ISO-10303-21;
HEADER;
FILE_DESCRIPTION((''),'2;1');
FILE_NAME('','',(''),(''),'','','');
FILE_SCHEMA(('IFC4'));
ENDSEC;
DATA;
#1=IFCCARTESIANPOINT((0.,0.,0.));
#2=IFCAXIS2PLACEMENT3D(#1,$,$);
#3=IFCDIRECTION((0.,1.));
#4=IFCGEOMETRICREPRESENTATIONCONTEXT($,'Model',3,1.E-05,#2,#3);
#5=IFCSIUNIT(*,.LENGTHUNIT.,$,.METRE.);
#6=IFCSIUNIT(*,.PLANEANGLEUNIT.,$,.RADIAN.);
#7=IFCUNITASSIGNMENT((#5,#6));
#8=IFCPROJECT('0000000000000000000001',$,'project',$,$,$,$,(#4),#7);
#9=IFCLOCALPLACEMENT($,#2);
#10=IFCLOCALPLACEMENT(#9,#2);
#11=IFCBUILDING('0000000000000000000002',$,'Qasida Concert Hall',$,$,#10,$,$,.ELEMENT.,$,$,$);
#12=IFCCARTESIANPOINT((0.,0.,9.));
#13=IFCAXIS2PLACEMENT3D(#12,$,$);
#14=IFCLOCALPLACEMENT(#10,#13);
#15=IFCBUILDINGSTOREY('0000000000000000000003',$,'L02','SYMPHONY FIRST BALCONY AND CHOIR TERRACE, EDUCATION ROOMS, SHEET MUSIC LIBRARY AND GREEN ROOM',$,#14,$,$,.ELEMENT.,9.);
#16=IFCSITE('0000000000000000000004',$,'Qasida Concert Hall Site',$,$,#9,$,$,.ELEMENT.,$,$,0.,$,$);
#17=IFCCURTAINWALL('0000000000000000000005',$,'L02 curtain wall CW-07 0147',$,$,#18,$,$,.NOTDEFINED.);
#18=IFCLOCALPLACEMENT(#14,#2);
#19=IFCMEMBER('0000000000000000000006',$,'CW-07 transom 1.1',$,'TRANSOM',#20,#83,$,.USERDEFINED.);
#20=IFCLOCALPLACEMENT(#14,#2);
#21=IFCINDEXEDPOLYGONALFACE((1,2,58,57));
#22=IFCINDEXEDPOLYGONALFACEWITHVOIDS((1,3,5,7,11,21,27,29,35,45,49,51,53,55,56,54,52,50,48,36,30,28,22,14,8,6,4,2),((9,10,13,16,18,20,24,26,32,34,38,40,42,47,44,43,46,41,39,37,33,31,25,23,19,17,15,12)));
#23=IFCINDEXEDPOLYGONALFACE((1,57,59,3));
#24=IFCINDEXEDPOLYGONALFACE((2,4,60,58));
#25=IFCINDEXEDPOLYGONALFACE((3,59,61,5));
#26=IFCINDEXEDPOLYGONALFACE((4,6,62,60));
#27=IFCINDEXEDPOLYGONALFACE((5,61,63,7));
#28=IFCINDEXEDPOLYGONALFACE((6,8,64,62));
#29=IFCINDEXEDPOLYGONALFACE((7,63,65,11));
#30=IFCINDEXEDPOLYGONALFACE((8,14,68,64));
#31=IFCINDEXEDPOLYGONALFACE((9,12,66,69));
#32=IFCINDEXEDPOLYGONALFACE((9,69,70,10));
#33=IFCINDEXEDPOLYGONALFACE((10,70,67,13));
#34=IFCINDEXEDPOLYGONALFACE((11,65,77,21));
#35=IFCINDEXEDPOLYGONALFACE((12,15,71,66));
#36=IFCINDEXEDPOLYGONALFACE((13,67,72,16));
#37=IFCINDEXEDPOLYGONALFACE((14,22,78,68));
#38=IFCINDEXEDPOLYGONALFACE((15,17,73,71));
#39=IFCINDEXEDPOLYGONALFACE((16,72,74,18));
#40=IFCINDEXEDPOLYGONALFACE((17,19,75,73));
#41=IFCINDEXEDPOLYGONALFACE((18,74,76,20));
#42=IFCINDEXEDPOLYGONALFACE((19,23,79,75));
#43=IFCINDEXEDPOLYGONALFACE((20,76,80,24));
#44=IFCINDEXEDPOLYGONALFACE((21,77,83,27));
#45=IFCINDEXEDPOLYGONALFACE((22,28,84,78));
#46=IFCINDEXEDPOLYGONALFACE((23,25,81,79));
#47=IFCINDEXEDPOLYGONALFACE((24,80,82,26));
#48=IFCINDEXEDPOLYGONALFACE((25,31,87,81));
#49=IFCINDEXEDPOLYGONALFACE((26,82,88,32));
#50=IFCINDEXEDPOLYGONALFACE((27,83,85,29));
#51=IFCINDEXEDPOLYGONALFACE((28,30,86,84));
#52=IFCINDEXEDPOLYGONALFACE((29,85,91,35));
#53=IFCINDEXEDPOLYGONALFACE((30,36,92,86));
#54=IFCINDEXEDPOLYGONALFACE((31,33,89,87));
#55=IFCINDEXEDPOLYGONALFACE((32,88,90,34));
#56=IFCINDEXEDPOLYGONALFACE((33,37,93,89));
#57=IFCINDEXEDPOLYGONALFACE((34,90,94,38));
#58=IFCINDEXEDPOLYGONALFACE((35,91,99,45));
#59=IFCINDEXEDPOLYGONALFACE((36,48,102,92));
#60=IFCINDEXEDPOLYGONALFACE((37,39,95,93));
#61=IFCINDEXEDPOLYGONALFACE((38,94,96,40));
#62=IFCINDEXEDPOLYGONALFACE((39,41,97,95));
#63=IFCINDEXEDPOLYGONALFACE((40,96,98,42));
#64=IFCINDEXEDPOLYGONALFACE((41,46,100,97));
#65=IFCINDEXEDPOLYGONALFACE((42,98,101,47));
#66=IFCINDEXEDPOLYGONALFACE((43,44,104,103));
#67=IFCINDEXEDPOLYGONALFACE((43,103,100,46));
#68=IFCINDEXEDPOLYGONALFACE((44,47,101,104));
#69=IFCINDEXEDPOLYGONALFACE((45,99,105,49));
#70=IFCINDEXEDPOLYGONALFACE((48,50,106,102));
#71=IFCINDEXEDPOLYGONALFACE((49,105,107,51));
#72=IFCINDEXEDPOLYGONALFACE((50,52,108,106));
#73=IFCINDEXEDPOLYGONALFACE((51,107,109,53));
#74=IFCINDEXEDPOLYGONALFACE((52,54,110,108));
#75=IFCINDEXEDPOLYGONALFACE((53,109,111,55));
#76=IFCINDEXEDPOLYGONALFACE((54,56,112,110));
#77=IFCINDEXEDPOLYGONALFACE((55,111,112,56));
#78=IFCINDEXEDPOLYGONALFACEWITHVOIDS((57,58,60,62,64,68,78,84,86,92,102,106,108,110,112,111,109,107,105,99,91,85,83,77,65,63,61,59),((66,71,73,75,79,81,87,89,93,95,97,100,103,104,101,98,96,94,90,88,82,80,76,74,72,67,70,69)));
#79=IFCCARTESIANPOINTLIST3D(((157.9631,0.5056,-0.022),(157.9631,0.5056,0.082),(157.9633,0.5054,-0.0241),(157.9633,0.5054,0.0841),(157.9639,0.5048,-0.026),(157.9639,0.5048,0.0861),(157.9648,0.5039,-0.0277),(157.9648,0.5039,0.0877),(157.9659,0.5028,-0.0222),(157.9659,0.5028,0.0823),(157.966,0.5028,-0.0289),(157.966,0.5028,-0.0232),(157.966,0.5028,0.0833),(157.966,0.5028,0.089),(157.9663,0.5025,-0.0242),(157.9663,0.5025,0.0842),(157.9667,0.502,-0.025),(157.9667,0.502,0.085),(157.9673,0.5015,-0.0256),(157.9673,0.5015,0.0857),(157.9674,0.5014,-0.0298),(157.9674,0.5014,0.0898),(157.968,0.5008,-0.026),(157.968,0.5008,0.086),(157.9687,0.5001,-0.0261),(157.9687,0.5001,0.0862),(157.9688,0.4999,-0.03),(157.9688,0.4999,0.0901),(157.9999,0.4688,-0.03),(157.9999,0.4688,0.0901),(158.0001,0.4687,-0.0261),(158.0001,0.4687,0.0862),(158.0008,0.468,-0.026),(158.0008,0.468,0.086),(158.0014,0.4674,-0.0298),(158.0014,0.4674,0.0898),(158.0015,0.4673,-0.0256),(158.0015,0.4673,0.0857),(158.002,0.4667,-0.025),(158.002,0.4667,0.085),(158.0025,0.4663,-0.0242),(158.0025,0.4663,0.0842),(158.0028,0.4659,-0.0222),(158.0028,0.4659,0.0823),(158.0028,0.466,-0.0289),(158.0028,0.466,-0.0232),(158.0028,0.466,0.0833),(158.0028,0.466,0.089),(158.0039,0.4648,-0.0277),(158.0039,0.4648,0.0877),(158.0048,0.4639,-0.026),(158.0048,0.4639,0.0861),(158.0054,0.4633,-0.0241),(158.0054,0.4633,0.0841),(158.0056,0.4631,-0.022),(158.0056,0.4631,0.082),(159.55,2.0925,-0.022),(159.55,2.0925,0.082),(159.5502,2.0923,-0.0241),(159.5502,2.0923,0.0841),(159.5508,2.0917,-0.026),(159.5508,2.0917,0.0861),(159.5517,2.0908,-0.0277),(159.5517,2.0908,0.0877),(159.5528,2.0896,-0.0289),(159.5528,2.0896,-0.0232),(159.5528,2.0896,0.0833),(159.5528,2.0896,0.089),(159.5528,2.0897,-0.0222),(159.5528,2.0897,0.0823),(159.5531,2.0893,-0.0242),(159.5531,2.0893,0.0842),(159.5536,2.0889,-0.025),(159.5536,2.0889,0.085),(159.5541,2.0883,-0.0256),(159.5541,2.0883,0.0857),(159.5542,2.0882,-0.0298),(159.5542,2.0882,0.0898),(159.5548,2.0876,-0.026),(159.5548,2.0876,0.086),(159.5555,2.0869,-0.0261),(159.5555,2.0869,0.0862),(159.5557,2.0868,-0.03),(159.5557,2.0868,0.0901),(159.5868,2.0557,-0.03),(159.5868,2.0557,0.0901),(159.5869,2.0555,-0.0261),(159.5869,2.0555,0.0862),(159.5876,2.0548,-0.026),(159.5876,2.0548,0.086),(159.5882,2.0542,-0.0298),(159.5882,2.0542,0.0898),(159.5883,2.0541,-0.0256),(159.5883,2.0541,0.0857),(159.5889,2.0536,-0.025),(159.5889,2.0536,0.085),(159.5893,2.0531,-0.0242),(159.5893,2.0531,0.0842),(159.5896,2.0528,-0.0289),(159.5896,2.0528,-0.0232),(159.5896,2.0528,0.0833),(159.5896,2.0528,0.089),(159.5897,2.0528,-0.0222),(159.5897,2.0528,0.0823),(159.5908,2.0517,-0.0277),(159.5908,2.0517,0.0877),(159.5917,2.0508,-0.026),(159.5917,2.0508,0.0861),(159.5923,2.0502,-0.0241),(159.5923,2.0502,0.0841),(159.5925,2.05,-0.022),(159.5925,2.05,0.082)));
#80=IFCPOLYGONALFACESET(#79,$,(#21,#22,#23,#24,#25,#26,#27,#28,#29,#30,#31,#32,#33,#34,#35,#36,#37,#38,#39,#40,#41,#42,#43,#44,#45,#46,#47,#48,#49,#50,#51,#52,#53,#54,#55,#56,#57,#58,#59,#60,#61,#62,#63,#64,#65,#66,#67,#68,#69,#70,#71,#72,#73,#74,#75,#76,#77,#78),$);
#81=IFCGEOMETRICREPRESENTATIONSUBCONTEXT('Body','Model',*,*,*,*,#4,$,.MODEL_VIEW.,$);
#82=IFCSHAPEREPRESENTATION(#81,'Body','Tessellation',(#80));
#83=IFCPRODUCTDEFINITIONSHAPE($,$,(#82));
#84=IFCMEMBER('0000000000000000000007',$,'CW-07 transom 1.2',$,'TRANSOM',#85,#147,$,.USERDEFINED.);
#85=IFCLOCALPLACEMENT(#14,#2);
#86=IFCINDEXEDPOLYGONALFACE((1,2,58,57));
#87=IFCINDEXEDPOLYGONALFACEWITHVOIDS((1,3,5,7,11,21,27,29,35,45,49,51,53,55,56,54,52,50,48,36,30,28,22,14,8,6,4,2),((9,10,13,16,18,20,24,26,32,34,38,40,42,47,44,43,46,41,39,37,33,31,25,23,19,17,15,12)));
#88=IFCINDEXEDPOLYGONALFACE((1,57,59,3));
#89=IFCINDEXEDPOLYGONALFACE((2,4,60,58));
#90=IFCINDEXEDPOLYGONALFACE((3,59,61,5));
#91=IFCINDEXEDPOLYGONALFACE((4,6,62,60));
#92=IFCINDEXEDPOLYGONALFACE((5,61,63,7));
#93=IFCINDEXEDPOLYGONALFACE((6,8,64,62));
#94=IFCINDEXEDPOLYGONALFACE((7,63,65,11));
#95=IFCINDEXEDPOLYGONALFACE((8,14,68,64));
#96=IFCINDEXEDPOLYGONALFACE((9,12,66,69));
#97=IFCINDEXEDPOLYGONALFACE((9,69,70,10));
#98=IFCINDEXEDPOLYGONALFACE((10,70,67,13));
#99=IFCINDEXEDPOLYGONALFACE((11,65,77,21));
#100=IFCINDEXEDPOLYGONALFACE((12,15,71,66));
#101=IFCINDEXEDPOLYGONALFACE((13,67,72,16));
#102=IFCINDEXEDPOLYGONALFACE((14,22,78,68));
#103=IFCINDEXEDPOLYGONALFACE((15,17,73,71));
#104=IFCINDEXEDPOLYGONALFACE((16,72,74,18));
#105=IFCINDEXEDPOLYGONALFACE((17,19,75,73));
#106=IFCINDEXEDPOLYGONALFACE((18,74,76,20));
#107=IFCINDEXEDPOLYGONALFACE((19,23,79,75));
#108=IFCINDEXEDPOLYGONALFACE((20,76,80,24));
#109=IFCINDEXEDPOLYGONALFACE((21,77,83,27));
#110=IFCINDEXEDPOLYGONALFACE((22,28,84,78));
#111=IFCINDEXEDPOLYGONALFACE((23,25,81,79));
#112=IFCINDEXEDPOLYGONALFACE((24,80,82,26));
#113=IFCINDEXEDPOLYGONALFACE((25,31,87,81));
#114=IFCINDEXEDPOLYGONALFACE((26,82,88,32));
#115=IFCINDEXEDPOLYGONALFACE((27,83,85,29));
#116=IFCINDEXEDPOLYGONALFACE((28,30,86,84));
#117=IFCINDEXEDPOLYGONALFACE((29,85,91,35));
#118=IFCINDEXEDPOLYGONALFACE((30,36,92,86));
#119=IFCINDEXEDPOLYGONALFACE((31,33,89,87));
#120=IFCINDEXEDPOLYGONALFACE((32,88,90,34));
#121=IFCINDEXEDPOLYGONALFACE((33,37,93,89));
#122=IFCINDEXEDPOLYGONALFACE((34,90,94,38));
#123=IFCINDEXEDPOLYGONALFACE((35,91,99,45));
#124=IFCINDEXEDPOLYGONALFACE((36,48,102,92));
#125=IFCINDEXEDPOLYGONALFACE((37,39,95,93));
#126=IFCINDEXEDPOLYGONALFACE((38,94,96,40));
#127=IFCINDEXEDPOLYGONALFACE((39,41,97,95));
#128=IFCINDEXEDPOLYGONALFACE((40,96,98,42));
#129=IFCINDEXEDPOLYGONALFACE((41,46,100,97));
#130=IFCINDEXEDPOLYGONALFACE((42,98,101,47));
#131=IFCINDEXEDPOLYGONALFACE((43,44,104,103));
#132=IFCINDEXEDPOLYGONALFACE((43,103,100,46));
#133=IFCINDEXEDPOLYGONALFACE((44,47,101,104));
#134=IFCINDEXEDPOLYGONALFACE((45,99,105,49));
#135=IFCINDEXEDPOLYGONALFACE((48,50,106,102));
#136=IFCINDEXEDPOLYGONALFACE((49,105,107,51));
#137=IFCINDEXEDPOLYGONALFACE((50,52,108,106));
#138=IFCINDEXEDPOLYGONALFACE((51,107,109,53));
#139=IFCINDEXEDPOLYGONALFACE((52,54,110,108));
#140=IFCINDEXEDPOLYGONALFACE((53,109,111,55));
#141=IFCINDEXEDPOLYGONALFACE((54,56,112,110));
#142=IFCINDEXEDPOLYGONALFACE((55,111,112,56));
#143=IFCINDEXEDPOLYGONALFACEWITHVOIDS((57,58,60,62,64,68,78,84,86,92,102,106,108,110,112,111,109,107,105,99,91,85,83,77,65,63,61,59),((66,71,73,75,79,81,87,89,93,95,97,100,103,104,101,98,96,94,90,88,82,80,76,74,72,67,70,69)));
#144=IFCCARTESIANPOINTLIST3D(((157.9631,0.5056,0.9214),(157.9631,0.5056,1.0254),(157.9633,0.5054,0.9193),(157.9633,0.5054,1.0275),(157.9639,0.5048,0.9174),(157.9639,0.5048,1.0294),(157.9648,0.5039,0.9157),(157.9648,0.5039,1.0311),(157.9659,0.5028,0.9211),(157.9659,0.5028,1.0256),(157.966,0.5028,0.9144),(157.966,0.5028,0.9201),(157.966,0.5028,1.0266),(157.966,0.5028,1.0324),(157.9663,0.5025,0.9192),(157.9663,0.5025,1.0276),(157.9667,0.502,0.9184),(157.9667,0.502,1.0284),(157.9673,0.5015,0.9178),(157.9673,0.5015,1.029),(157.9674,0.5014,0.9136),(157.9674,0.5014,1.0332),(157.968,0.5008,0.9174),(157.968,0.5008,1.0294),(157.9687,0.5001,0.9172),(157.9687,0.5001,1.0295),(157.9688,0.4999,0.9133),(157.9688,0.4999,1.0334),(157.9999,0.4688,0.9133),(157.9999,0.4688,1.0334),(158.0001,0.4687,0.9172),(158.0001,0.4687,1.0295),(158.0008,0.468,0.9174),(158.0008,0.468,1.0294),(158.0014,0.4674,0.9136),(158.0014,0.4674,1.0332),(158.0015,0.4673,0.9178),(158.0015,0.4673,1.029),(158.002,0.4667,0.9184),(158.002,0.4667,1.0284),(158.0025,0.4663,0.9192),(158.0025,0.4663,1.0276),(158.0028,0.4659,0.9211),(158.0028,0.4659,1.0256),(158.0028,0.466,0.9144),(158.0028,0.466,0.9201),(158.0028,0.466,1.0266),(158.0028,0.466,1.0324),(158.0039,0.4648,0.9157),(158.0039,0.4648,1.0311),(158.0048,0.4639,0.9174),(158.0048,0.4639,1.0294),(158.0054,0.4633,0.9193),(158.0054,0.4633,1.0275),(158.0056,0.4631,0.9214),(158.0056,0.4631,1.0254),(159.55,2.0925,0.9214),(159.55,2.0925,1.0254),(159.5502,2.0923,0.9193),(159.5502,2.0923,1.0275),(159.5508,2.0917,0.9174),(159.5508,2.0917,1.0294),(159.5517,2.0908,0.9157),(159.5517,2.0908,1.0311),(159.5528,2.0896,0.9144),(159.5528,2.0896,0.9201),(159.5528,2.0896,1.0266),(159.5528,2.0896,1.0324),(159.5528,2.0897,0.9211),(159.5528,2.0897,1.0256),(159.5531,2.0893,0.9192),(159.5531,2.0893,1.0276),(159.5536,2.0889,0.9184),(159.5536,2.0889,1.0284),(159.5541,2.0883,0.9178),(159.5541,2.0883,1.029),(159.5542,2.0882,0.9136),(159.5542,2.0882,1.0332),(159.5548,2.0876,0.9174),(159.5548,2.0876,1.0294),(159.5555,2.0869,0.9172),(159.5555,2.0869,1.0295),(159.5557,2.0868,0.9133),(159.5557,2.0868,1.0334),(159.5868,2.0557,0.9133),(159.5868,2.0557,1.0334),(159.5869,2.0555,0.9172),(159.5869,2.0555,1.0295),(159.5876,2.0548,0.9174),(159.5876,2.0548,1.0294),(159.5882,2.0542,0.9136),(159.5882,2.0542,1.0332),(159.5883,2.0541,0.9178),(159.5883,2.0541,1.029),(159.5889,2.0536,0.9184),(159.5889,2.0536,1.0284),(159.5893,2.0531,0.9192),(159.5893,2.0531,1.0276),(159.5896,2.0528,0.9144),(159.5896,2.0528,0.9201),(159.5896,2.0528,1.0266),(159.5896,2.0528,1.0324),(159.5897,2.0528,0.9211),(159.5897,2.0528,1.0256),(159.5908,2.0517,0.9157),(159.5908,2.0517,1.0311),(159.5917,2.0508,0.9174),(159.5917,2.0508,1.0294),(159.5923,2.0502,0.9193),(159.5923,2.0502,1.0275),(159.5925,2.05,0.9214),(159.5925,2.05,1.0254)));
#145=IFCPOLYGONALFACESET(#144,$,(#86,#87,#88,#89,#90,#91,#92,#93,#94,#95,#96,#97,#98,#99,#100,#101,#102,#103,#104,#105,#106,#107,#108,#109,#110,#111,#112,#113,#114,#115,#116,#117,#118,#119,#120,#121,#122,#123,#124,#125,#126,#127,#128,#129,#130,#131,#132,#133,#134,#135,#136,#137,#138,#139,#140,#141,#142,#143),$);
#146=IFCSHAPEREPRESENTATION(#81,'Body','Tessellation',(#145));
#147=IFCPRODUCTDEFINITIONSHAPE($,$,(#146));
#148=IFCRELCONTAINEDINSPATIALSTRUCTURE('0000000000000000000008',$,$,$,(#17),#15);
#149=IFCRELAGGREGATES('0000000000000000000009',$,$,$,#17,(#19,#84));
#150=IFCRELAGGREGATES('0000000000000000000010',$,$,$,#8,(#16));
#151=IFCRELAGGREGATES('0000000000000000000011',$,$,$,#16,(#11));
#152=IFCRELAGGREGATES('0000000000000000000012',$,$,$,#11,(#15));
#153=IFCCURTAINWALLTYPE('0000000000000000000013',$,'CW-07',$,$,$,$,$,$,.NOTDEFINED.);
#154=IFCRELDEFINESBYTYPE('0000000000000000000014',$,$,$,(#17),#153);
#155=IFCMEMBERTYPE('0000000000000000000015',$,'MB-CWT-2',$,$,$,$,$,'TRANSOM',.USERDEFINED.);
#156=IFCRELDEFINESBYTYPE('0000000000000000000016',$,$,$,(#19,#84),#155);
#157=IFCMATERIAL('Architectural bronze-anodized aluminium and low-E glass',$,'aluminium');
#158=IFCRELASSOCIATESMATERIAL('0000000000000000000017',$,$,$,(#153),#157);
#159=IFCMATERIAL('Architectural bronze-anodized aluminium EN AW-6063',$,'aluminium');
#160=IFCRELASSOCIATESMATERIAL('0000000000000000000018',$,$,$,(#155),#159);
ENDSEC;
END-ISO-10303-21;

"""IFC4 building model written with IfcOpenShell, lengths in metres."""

from ifc_helpers import new_model, si_unit, direction, frame, origin, origin_2d, place, context, subcontext, project, spatial, hollow_rectangle, extrude, material, material_profile, profile_set, type_object, element, aggregate, save


model = new_model("IFC4")

# Units and contexts
model_context = context("Model", 3, precision=1e-05, world=origin(), true_north=direction((0.0, 1.0)))
body_context = subcontext(model_context, "Body", "Model", "MODEL_VIEW")
ifc_project = project(units=[si_unit("LENGTHUNIT", "METRE"), si_unit("PLANEANGLEUNIT", "RADIAN")], contexts=[model_context])

# Site, building, storey
site_placement = place(None, origin())
site = spatial("IfcSite", under=ifc_project, at=site_placement, Name="Qasida Concert Hall Site", CompositionType="ELEMENT", RefElevation=0.0)
building_placement = place(site_placement, origin())
building = spatial("IfcBuilding", under=site, at=building_placement, Name="Qasida Concert Hall", CompositionType="ELEMENT")
storey_placement = place(building_placement, frame((0.0, 0.0, 9.0)))
storey = spatial("IfcBuildingStorey", under=building, at=storey_placement, Name="L02", Description="SYMPHONY FIRST BALCONY AND CHOIR TERRACE, EDUCATION ROOMS, SHEET MUSIC LIBRARY AND GREEN ROOM", CompositionType="ELEMENT", Elevation=9.0)

# Curtain wall, members
ifc_material_1 = material(Name="Architectural bronze-anodized aluminium and low-E glass", Category="aluminium")
curtain_wall_type = type_object("IfcCurtainWallType", Name="CW-07", PredefinedType="NOTDEFINED", material=ifc_material_1)
curtain_wall_placement = place(storey_placement, origin())
curtain_wall = element("IfcCurtainWall", 1, at=curtain_wall_placement, inside=storey, type_object=curtain_wall_type, Name="L02 curtain wall CW-07 0147", PredefinedType="NOTDEFINED")
ifc_material_2 = material(Name="Architectural bronze-anodized aluminium EN AW-6063", Category="aluminium")
ifc_material_profile_1 = material_profile(ifc_material_2, hollow_rectangle(XDim=0.0601, YDim=0.1201, WallThickness=0.0039, InnerFilletRadius=0.0039, OuterFilletRadius=0.0081, at=origin_2d()), Name="CWT 120x60x4")
ifc_profile_set_1 = profile_set([ifc_material_profile_1], Name="Architectural bronze-anodized aluminium EN AW-6063")
member_type_1 = type_object("IfcMemberType", Name="MB-CWT-2", ElementType="TRANSOM", PredefinedType="USERDEFINED", material=ifc_profile_set_1)
member_1_placement = place(storey_placement, frame((157.9844, 0.4844, 0.03), z_axis=(0.707107, 0.707107, 0.0), x_axis=(-0.707107, 0.707107, 0.0)))
member_1 = element("IfcMember", 2, at=member_1_placement, type_object=member_type_1, Name="CW-07 transom 1.1", ObjectType="TRANSOM", PredefinedType="USERDEFINED", context=body_context, shape_type="SweptSolid", body=[
    extrude(hollow_rectangle(XDim=0.0601, YDim=0.1201, WallThickness=0.0039, InnerFilletRadius=0.0039, OuterFilletRadius=0.0081, at=origin_2d()), origin(), (0.0, 0.0, 1.0), 2.2441),
])
member_2_placement = place(storey_placement, frame((157.9844, 0.4844, 0.9734), z_axis=(0.707107, 0.707107, 0.0), x_axis=(-0.707107, 0.707107, 0.0)))
member_2 = element("IfcMember", 3, at=member_2_placement, type_object=member_type_1, Name="CW-07 transom 1.2", ObjectType="TRANSOM", PredefinedType="USERDEFINED", context=body_context, shape_type="SweptSolid", body=[
    extrude(hollow_rectangle(XDim=0.0601, YDim=0.1201, WallThickness=0.0039, InnerFilletRadius=0.0039, OuterFilletRadius=0.0081, at=origin_2d()), origin(), (0.0, 0.0, 1.0), 2.2441),
])
aggregate(curtain_wall, [member_1, member_2])

save(model, "model.ifc")
